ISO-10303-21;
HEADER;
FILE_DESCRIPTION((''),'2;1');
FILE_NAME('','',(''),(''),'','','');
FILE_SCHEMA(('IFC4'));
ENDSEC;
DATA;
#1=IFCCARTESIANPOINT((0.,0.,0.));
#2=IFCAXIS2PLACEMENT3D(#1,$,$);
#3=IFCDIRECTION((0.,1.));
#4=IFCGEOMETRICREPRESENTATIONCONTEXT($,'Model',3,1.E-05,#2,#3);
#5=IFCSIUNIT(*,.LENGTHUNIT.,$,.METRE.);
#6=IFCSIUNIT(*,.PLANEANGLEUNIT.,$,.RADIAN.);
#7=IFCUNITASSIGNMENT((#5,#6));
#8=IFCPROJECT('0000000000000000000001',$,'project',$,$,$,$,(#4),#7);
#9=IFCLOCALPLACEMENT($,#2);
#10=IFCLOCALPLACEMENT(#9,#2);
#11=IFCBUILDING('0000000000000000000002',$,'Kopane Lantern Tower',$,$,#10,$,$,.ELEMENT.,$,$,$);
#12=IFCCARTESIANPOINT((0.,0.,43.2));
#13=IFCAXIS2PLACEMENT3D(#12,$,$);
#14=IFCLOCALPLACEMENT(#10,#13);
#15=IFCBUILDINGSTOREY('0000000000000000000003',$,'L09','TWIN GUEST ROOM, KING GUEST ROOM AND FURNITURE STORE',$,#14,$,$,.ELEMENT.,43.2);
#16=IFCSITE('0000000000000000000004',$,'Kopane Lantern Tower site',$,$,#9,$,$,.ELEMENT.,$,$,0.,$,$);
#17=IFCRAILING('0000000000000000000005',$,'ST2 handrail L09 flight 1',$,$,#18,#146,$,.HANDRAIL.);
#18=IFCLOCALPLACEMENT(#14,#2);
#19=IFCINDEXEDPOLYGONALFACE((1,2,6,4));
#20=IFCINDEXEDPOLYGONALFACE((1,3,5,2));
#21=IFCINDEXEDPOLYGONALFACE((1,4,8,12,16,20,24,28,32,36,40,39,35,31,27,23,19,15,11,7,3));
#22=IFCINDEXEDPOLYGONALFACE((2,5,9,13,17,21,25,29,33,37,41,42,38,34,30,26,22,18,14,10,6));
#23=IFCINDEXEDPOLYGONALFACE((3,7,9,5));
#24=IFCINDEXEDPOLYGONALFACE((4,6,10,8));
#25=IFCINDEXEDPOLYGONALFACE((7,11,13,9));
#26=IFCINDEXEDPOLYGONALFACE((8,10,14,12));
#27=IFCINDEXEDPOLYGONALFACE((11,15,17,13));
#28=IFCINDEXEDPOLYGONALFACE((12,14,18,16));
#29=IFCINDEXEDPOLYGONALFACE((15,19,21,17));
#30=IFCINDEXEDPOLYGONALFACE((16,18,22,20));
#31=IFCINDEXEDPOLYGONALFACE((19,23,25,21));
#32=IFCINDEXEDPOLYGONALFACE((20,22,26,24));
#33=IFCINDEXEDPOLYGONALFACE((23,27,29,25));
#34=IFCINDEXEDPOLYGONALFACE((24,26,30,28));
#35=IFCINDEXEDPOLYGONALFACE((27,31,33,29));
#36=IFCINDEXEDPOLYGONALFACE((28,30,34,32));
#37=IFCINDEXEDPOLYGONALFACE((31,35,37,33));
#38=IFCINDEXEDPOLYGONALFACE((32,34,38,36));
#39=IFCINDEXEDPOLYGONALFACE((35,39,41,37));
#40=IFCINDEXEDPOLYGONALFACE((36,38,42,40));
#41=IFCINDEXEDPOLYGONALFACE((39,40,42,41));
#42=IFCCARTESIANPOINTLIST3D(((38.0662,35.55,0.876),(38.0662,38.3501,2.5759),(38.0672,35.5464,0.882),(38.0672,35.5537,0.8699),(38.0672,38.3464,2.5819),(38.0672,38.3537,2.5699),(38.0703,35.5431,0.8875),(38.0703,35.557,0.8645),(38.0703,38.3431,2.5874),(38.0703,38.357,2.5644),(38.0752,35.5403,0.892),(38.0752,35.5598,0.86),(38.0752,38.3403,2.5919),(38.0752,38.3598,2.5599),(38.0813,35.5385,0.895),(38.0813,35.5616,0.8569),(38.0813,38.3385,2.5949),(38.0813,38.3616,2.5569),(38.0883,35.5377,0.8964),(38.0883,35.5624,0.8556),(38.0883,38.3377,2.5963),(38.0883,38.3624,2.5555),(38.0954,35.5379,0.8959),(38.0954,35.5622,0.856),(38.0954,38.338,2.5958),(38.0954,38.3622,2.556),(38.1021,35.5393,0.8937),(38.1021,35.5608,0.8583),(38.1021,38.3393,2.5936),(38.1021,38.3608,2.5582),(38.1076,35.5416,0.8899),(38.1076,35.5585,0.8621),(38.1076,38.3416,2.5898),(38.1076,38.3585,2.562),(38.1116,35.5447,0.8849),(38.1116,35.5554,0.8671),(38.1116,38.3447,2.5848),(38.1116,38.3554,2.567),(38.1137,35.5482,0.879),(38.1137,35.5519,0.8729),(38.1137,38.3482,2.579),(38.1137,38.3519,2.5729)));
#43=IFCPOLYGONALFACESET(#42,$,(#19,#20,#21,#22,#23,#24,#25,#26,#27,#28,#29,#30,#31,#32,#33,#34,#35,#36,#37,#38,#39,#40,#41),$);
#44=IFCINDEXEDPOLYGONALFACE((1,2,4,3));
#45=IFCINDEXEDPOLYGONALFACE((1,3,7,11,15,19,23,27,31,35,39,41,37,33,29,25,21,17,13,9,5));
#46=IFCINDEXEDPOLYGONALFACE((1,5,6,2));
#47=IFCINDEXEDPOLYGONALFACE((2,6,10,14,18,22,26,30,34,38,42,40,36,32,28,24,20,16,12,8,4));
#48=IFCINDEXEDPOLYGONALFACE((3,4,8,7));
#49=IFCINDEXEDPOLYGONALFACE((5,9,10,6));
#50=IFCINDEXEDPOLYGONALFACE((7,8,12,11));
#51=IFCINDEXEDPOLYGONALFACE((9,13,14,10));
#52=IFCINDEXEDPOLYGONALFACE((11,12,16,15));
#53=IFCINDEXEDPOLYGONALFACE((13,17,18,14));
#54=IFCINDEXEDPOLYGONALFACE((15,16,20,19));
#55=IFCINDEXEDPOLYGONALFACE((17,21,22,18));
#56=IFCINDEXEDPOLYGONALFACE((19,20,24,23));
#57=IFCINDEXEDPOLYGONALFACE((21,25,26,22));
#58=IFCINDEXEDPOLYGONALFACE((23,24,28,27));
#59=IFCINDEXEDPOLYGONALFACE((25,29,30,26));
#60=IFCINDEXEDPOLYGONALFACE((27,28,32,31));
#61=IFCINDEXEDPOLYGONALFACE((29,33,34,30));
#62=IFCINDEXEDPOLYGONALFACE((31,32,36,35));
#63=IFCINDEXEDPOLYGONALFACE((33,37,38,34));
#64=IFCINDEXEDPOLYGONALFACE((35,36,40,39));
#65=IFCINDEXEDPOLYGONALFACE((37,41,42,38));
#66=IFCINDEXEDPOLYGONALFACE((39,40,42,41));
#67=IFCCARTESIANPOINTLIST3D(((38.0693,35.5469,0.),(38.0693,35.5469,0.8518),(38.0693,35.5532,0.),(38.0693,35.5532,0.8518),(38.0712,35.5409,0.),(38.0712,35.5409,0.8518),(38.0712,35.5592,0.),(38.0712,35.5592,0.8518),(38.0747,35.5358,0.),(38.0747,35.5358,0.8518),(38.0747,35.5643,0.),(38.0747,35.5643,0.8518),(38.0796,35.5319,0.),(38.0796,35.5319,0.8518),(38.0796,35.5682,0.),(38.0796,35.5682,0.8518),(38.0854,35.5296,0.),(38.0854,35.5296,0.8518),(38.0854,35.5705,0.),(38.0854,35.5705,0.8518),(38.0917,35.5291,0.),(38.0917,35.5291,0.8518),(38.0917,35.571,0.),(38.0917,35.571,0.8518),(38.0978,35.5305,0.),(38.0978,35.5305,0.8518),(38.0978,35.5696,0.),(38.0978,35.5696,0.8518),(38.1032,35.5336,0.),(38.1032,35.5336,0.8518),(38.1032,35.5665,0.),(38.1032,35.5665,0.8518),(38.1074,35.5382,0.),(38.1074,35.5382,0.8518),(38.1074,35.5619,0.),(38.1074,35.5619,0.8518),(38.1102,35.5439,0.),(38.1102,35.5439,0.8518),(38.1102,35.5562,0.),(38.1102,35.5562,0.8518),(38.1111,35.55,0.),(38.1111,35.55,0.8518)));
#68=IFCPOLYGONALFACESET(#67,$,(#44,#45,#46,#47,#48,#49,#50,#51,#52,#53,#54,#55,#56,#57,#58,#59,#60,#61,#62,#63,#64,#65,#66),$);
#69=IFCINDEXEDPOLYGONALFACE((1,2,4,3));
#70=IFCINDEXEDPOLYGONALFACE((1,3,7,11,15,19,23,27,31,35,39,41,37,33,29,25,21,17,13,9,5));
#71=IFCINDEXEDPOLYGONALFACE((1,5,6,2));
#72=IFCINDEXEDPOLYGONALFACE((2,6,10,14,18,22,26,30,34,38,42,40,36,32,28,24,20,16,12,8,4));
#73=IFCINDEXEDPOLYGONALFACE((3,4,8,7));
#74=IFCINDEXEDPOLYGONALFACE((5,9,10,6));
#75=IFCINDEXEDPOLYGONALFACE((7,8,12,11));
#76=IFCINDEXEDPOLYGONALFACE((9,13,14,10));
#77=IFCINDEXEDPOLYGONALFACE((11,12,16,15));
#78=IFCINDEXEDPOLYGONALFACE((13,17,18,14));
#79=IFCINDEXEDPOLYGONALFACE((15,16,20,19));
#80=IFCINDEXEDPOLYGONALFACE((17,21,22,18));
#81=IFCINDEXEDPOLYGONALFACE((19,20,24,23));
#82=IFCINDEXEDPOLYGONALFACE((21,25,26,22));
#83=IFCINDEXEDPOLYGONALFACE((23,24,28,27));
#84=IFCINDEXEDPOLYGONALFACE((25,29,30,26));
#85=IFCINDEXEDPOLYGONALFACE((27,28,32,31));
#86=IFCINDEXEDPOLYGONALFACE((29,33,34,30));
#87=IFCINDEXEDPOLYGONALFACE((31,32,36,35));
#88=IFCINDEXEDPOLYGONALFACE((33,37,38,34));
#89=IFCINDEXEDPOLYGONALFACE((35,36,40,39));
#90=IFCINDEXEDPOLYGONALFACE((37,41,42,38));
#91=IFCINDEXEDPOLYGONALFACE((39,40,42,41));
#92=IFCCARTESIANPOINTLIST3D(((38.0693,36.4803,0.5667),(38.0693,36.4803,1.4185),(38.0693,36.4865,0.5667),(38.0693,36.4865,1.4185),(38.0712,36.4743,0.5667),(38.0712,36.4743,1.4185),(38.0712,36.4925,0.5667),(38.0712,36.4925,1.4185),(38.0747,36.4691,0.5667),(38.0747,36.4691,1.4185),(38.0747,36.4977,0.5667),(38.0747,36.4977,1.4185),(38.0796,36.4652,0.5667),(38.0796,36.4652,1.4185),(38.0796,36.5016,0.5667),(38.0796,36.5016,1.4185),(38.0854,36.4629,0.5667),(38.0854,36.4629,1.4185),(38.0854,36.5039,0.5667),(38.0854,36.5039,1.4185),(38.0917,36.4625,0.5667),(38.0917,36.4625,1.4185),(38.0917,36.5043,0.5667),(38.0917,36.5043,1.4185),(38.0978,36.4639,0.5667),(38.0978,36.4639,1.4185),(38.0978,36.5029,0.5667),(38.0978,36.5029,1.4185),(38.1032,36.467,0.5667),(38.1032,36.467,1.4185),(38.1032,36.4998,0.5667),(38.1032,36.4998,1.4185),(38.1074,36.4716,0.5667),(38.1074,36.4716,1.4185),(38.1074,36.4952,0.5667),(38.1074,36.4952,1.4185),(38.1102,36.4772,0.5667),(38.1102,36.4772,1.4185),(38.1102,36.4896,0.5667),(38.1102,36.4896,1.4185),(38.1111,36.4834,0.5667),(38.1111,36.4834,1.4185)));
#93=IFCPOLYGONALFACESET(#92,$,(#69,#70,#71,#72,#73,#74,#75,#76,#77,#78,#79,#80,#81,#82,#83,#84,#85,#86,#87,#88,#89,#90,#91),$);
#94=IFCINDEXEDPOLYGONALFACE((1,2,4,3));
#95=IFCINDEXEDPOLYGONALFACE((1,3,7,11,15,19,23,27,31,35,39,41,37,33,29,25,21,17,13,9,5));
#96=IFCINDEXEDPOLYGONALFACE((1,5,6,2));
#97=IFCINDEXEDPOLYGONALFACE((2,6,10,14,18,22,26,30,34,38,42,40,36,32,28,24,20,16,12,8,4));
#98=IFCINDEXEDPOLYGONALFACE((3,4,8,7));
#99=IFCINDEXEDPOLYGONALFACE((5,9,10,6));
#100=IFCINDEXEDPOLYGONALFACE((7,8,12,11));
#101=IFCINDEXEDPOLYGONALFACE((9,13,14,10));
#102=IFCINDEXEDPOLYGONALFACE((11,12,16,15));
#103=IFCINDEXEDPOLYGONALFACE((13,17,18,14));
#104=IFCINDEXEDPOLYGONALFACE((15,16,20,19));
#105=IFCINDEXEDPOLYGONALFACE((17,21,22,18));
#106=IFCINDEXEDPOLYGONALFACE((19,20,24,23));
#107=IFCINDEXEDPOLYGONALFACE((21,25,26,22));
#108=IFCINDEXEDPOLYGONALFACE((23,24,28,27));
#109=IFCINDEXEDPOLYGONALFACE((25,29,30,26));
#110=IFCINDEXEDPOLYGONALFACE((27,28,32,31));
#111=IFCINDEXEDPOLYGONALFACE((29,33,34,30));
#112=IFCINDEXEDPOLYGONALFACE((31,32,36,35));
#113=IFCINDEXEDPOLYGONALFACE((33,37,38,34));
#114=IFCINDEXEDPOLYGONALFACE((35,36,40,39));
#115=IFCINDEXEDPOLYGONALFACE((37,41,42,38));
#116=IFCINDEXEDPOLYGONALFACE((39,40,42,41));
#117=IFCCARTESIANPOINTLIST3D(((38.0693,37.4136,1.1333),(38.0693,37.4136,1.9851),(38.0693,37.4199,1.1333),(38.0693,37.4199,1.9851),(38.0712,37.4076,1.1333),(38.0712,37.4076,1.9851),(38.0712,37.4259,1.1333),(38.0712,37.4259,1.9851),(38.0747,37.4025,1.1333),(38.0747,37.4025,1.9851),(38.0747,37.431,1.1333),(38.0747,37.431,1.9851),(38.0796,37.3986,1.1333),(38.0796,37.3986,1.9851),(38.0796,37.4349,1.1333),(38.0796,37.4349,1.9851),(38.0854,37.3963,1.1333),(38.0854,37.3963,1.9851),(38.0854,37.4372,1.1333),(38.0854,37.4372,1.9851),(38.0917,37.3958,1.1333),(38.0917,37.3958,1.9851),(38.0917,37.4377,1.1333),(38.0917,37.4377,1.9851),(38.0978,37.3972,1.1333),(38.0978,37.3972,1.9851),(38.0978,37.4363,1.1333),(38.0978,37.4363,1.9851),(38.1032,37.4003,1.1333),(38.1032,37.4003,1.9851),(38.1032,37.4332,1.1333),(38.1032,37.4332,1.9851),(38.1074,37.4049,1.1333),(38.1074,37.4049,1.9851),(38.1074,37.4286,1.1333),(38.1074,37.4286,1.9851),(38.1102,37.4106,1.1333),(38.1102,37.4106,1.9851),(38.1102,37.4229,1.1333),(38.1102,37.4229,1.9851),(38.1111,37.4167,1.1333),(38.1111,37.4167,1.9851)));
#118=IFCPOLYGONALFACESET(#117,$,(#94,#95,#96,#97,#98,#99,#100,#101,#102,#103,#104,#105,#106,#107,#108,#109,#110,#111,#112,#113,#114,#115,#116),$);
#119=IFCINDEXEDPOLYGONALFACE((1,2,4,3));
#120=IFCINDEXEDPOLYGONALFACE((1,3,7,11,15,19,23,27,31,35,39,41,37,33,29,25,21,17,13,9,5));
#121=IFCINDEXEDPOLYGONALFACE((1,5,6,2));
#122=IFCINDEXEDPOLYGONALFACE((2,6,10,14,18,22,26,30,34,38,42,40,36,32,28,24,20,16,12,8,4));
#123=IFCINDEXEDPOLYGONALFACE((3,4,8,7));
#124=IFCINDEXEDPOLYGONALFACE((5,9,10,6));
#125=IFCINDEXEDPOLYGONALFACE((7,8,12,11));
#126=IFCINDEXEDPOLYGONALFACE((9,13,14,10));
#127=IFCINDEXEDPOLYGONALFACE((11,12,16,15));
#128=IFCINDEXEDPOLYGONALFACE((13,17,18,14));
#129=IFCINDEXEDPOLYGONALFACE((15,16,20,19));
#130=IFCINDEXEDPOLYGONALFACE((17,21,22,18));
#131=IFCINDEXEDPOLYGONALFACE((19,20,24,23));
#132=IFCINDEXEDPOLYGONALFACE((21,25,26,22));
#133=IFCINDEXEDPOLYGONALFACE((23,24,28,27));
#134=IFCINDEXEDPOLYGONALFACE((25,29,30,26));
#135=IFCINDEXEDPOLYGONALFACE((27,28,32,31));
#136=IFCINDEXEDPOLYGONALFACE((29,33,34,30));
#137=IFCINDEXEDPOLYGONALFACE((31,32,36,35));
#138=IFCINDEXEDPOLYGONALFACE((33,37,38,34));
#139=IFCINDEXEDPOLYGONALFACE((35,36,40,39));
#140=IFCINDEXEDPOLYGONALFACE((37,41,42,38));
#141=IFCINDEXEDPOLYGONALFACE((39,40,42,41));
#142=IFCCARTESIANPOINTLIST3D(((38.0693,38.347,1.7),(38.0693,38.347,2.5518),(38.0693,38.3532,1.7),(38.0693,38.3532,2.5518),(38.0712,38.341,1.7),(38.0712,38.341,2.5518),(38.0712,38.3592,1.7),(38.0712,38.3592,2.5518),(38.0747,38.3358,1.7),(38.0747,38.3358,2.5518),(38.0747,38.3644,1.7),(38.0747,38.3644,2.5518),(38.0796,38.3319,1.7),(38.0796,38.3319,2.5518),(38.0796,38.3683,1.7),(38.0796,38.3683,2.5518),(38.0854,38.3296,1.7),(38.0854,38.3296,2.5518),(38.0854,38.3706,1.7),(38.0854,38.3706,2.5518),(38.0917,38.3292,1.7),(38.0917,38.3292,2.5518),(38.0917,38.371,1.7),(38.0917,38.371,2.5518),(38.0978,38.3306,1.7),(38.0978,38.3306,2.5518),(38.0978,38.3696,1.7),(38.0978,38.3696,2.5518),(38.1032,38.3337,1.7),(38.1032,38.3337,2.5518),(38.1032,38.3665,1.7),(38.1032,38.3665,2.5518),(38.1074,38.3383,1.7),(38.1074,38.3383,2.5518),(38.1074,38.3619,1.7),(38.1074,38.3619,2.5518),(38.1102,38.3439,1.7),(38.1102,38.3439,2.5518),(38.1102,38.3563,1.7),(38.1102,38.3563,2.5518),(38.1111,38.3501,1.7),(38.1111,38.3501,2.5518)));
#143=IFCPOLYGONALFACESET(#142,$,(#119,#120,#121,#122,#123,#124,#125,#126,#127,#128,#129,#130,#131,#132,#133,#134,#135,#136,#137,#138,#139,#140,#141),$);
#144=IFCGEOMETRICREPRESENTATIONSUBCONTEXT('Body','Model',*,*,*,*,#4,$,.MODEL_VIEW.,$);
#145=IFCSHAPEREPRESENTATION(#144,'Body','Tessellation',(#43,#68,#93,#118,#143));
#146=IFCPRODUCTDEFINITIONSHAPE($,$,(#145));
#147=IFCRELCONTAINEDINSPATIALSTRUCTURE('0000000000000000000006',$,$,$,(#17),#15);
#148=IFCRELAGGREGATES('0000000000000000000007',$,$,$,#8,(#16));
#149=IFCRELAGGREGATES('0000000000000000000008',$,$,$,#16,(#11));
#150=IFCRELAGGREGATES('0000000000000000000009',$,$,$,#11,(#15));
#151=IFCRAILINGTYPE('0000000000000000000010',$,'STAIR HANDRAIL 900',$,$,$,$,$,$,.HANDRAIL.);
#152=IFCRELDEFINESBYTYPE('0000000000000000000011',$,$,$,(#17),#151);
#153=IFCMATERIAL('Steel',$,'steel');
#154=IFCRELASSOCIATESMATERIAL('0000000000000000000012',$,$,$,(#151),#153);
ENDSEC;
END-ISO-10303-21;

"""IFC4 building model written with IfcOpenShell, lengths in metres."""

from ifc_helpers import new_model, si_unit, direction, frame, origin, origin_2d, place, context, subcontext, project, spatial, circle, extrude, material, type_object, element, save


model = new_model("IFC4")

# Units and contexts
model_context = context("Model", 3, precision=1e-05, world=origin(), true_north=direction((0.0, 1.0)))
body_context = subcontext(model_context, "Body", "Model", "MODEL_VIEW")
ifc_project = project(units=[si_unit("LENGTHUNIT", "METRE"), si_unit("PLANEANGLEUNIT", "RADIAN")], contexts=[model_context])

# Site, building, storey
site_placement = place(None, origin())
site = spatial("IfcSite", under=ifc_project, at=site_placement, Name="Kopane Lantern Tower site", CompositionType="ELEMENT", RefElevation=0.0)
building_placement = place(site_placement, origin())
building = spatial("IfcBuilding", under=site, at=building_placement, Name="Kopane Lantern Tower", CompositionType="ELEMENT")
storey_placement = place(building_placement, frame((0.0, 0.0, 43.2)))
storey = spatial("IfcBuildingStorey", under=building, at=storey_placement, Name="L09", Description="TWIN GUEST ROOM, KING GUEST ROOM AND FURNITURE STORE", CompositionType="ELEMENT", Elevation=43.2)

# Railing
ifc_material_1 = material(Name="Steel", Category="steel")
railing_type_1 = type_object("IfcRailingType", Name="STAIR HANDRAIL 900", PredefinedType="HANDRAIL", material=ifc_material_1)
for number, where, name in (
    (1, (38.0901, 35.55, 0.0), "ST2 handrail L09 flight 1"),
):
    element("IfcRailing", number, at=place(storey_placement, frame(where)), inside=storey, type_object=railing_type_1, Name=name, PredefinedType="HANDRAIL", context=body_context, shape_type="SweptSolid", body=[
        extrude(circle(Radius=0.0239, at=origin_2d()), frame((0.0, 0.0, 0.876), z_axis=(0.0, 0.854798, 0.518961), x_axis=(-1.0, 0.0, 0.0)), (0.0, 0.0, 1.0), 3.2756),
        extrude(circle(Radius=0.021, at=origin_2d()), origin(), (0.0, 0.0, 1.0), 0.8518),
        extrude(circle(Radius=0.021, at=origin_2d()), frame((0.0, 0.9333, 0.5667)), (0.0, 0.0, 1.0), 0.8518),
        extrude(circle(Radius=0.021, at=origin_2d()), frame((0.0, 1.8667, 1.1333)), (0.0, 0.0, 1.0), 0.8518),
        extrude(circle(Radius=0.021, at=origin_2d()), frame((0.0, 2.8, 1.7)), (0.0, 0.0, 1.0), 0.8518),
    ])

save(model, "model.ifc")
